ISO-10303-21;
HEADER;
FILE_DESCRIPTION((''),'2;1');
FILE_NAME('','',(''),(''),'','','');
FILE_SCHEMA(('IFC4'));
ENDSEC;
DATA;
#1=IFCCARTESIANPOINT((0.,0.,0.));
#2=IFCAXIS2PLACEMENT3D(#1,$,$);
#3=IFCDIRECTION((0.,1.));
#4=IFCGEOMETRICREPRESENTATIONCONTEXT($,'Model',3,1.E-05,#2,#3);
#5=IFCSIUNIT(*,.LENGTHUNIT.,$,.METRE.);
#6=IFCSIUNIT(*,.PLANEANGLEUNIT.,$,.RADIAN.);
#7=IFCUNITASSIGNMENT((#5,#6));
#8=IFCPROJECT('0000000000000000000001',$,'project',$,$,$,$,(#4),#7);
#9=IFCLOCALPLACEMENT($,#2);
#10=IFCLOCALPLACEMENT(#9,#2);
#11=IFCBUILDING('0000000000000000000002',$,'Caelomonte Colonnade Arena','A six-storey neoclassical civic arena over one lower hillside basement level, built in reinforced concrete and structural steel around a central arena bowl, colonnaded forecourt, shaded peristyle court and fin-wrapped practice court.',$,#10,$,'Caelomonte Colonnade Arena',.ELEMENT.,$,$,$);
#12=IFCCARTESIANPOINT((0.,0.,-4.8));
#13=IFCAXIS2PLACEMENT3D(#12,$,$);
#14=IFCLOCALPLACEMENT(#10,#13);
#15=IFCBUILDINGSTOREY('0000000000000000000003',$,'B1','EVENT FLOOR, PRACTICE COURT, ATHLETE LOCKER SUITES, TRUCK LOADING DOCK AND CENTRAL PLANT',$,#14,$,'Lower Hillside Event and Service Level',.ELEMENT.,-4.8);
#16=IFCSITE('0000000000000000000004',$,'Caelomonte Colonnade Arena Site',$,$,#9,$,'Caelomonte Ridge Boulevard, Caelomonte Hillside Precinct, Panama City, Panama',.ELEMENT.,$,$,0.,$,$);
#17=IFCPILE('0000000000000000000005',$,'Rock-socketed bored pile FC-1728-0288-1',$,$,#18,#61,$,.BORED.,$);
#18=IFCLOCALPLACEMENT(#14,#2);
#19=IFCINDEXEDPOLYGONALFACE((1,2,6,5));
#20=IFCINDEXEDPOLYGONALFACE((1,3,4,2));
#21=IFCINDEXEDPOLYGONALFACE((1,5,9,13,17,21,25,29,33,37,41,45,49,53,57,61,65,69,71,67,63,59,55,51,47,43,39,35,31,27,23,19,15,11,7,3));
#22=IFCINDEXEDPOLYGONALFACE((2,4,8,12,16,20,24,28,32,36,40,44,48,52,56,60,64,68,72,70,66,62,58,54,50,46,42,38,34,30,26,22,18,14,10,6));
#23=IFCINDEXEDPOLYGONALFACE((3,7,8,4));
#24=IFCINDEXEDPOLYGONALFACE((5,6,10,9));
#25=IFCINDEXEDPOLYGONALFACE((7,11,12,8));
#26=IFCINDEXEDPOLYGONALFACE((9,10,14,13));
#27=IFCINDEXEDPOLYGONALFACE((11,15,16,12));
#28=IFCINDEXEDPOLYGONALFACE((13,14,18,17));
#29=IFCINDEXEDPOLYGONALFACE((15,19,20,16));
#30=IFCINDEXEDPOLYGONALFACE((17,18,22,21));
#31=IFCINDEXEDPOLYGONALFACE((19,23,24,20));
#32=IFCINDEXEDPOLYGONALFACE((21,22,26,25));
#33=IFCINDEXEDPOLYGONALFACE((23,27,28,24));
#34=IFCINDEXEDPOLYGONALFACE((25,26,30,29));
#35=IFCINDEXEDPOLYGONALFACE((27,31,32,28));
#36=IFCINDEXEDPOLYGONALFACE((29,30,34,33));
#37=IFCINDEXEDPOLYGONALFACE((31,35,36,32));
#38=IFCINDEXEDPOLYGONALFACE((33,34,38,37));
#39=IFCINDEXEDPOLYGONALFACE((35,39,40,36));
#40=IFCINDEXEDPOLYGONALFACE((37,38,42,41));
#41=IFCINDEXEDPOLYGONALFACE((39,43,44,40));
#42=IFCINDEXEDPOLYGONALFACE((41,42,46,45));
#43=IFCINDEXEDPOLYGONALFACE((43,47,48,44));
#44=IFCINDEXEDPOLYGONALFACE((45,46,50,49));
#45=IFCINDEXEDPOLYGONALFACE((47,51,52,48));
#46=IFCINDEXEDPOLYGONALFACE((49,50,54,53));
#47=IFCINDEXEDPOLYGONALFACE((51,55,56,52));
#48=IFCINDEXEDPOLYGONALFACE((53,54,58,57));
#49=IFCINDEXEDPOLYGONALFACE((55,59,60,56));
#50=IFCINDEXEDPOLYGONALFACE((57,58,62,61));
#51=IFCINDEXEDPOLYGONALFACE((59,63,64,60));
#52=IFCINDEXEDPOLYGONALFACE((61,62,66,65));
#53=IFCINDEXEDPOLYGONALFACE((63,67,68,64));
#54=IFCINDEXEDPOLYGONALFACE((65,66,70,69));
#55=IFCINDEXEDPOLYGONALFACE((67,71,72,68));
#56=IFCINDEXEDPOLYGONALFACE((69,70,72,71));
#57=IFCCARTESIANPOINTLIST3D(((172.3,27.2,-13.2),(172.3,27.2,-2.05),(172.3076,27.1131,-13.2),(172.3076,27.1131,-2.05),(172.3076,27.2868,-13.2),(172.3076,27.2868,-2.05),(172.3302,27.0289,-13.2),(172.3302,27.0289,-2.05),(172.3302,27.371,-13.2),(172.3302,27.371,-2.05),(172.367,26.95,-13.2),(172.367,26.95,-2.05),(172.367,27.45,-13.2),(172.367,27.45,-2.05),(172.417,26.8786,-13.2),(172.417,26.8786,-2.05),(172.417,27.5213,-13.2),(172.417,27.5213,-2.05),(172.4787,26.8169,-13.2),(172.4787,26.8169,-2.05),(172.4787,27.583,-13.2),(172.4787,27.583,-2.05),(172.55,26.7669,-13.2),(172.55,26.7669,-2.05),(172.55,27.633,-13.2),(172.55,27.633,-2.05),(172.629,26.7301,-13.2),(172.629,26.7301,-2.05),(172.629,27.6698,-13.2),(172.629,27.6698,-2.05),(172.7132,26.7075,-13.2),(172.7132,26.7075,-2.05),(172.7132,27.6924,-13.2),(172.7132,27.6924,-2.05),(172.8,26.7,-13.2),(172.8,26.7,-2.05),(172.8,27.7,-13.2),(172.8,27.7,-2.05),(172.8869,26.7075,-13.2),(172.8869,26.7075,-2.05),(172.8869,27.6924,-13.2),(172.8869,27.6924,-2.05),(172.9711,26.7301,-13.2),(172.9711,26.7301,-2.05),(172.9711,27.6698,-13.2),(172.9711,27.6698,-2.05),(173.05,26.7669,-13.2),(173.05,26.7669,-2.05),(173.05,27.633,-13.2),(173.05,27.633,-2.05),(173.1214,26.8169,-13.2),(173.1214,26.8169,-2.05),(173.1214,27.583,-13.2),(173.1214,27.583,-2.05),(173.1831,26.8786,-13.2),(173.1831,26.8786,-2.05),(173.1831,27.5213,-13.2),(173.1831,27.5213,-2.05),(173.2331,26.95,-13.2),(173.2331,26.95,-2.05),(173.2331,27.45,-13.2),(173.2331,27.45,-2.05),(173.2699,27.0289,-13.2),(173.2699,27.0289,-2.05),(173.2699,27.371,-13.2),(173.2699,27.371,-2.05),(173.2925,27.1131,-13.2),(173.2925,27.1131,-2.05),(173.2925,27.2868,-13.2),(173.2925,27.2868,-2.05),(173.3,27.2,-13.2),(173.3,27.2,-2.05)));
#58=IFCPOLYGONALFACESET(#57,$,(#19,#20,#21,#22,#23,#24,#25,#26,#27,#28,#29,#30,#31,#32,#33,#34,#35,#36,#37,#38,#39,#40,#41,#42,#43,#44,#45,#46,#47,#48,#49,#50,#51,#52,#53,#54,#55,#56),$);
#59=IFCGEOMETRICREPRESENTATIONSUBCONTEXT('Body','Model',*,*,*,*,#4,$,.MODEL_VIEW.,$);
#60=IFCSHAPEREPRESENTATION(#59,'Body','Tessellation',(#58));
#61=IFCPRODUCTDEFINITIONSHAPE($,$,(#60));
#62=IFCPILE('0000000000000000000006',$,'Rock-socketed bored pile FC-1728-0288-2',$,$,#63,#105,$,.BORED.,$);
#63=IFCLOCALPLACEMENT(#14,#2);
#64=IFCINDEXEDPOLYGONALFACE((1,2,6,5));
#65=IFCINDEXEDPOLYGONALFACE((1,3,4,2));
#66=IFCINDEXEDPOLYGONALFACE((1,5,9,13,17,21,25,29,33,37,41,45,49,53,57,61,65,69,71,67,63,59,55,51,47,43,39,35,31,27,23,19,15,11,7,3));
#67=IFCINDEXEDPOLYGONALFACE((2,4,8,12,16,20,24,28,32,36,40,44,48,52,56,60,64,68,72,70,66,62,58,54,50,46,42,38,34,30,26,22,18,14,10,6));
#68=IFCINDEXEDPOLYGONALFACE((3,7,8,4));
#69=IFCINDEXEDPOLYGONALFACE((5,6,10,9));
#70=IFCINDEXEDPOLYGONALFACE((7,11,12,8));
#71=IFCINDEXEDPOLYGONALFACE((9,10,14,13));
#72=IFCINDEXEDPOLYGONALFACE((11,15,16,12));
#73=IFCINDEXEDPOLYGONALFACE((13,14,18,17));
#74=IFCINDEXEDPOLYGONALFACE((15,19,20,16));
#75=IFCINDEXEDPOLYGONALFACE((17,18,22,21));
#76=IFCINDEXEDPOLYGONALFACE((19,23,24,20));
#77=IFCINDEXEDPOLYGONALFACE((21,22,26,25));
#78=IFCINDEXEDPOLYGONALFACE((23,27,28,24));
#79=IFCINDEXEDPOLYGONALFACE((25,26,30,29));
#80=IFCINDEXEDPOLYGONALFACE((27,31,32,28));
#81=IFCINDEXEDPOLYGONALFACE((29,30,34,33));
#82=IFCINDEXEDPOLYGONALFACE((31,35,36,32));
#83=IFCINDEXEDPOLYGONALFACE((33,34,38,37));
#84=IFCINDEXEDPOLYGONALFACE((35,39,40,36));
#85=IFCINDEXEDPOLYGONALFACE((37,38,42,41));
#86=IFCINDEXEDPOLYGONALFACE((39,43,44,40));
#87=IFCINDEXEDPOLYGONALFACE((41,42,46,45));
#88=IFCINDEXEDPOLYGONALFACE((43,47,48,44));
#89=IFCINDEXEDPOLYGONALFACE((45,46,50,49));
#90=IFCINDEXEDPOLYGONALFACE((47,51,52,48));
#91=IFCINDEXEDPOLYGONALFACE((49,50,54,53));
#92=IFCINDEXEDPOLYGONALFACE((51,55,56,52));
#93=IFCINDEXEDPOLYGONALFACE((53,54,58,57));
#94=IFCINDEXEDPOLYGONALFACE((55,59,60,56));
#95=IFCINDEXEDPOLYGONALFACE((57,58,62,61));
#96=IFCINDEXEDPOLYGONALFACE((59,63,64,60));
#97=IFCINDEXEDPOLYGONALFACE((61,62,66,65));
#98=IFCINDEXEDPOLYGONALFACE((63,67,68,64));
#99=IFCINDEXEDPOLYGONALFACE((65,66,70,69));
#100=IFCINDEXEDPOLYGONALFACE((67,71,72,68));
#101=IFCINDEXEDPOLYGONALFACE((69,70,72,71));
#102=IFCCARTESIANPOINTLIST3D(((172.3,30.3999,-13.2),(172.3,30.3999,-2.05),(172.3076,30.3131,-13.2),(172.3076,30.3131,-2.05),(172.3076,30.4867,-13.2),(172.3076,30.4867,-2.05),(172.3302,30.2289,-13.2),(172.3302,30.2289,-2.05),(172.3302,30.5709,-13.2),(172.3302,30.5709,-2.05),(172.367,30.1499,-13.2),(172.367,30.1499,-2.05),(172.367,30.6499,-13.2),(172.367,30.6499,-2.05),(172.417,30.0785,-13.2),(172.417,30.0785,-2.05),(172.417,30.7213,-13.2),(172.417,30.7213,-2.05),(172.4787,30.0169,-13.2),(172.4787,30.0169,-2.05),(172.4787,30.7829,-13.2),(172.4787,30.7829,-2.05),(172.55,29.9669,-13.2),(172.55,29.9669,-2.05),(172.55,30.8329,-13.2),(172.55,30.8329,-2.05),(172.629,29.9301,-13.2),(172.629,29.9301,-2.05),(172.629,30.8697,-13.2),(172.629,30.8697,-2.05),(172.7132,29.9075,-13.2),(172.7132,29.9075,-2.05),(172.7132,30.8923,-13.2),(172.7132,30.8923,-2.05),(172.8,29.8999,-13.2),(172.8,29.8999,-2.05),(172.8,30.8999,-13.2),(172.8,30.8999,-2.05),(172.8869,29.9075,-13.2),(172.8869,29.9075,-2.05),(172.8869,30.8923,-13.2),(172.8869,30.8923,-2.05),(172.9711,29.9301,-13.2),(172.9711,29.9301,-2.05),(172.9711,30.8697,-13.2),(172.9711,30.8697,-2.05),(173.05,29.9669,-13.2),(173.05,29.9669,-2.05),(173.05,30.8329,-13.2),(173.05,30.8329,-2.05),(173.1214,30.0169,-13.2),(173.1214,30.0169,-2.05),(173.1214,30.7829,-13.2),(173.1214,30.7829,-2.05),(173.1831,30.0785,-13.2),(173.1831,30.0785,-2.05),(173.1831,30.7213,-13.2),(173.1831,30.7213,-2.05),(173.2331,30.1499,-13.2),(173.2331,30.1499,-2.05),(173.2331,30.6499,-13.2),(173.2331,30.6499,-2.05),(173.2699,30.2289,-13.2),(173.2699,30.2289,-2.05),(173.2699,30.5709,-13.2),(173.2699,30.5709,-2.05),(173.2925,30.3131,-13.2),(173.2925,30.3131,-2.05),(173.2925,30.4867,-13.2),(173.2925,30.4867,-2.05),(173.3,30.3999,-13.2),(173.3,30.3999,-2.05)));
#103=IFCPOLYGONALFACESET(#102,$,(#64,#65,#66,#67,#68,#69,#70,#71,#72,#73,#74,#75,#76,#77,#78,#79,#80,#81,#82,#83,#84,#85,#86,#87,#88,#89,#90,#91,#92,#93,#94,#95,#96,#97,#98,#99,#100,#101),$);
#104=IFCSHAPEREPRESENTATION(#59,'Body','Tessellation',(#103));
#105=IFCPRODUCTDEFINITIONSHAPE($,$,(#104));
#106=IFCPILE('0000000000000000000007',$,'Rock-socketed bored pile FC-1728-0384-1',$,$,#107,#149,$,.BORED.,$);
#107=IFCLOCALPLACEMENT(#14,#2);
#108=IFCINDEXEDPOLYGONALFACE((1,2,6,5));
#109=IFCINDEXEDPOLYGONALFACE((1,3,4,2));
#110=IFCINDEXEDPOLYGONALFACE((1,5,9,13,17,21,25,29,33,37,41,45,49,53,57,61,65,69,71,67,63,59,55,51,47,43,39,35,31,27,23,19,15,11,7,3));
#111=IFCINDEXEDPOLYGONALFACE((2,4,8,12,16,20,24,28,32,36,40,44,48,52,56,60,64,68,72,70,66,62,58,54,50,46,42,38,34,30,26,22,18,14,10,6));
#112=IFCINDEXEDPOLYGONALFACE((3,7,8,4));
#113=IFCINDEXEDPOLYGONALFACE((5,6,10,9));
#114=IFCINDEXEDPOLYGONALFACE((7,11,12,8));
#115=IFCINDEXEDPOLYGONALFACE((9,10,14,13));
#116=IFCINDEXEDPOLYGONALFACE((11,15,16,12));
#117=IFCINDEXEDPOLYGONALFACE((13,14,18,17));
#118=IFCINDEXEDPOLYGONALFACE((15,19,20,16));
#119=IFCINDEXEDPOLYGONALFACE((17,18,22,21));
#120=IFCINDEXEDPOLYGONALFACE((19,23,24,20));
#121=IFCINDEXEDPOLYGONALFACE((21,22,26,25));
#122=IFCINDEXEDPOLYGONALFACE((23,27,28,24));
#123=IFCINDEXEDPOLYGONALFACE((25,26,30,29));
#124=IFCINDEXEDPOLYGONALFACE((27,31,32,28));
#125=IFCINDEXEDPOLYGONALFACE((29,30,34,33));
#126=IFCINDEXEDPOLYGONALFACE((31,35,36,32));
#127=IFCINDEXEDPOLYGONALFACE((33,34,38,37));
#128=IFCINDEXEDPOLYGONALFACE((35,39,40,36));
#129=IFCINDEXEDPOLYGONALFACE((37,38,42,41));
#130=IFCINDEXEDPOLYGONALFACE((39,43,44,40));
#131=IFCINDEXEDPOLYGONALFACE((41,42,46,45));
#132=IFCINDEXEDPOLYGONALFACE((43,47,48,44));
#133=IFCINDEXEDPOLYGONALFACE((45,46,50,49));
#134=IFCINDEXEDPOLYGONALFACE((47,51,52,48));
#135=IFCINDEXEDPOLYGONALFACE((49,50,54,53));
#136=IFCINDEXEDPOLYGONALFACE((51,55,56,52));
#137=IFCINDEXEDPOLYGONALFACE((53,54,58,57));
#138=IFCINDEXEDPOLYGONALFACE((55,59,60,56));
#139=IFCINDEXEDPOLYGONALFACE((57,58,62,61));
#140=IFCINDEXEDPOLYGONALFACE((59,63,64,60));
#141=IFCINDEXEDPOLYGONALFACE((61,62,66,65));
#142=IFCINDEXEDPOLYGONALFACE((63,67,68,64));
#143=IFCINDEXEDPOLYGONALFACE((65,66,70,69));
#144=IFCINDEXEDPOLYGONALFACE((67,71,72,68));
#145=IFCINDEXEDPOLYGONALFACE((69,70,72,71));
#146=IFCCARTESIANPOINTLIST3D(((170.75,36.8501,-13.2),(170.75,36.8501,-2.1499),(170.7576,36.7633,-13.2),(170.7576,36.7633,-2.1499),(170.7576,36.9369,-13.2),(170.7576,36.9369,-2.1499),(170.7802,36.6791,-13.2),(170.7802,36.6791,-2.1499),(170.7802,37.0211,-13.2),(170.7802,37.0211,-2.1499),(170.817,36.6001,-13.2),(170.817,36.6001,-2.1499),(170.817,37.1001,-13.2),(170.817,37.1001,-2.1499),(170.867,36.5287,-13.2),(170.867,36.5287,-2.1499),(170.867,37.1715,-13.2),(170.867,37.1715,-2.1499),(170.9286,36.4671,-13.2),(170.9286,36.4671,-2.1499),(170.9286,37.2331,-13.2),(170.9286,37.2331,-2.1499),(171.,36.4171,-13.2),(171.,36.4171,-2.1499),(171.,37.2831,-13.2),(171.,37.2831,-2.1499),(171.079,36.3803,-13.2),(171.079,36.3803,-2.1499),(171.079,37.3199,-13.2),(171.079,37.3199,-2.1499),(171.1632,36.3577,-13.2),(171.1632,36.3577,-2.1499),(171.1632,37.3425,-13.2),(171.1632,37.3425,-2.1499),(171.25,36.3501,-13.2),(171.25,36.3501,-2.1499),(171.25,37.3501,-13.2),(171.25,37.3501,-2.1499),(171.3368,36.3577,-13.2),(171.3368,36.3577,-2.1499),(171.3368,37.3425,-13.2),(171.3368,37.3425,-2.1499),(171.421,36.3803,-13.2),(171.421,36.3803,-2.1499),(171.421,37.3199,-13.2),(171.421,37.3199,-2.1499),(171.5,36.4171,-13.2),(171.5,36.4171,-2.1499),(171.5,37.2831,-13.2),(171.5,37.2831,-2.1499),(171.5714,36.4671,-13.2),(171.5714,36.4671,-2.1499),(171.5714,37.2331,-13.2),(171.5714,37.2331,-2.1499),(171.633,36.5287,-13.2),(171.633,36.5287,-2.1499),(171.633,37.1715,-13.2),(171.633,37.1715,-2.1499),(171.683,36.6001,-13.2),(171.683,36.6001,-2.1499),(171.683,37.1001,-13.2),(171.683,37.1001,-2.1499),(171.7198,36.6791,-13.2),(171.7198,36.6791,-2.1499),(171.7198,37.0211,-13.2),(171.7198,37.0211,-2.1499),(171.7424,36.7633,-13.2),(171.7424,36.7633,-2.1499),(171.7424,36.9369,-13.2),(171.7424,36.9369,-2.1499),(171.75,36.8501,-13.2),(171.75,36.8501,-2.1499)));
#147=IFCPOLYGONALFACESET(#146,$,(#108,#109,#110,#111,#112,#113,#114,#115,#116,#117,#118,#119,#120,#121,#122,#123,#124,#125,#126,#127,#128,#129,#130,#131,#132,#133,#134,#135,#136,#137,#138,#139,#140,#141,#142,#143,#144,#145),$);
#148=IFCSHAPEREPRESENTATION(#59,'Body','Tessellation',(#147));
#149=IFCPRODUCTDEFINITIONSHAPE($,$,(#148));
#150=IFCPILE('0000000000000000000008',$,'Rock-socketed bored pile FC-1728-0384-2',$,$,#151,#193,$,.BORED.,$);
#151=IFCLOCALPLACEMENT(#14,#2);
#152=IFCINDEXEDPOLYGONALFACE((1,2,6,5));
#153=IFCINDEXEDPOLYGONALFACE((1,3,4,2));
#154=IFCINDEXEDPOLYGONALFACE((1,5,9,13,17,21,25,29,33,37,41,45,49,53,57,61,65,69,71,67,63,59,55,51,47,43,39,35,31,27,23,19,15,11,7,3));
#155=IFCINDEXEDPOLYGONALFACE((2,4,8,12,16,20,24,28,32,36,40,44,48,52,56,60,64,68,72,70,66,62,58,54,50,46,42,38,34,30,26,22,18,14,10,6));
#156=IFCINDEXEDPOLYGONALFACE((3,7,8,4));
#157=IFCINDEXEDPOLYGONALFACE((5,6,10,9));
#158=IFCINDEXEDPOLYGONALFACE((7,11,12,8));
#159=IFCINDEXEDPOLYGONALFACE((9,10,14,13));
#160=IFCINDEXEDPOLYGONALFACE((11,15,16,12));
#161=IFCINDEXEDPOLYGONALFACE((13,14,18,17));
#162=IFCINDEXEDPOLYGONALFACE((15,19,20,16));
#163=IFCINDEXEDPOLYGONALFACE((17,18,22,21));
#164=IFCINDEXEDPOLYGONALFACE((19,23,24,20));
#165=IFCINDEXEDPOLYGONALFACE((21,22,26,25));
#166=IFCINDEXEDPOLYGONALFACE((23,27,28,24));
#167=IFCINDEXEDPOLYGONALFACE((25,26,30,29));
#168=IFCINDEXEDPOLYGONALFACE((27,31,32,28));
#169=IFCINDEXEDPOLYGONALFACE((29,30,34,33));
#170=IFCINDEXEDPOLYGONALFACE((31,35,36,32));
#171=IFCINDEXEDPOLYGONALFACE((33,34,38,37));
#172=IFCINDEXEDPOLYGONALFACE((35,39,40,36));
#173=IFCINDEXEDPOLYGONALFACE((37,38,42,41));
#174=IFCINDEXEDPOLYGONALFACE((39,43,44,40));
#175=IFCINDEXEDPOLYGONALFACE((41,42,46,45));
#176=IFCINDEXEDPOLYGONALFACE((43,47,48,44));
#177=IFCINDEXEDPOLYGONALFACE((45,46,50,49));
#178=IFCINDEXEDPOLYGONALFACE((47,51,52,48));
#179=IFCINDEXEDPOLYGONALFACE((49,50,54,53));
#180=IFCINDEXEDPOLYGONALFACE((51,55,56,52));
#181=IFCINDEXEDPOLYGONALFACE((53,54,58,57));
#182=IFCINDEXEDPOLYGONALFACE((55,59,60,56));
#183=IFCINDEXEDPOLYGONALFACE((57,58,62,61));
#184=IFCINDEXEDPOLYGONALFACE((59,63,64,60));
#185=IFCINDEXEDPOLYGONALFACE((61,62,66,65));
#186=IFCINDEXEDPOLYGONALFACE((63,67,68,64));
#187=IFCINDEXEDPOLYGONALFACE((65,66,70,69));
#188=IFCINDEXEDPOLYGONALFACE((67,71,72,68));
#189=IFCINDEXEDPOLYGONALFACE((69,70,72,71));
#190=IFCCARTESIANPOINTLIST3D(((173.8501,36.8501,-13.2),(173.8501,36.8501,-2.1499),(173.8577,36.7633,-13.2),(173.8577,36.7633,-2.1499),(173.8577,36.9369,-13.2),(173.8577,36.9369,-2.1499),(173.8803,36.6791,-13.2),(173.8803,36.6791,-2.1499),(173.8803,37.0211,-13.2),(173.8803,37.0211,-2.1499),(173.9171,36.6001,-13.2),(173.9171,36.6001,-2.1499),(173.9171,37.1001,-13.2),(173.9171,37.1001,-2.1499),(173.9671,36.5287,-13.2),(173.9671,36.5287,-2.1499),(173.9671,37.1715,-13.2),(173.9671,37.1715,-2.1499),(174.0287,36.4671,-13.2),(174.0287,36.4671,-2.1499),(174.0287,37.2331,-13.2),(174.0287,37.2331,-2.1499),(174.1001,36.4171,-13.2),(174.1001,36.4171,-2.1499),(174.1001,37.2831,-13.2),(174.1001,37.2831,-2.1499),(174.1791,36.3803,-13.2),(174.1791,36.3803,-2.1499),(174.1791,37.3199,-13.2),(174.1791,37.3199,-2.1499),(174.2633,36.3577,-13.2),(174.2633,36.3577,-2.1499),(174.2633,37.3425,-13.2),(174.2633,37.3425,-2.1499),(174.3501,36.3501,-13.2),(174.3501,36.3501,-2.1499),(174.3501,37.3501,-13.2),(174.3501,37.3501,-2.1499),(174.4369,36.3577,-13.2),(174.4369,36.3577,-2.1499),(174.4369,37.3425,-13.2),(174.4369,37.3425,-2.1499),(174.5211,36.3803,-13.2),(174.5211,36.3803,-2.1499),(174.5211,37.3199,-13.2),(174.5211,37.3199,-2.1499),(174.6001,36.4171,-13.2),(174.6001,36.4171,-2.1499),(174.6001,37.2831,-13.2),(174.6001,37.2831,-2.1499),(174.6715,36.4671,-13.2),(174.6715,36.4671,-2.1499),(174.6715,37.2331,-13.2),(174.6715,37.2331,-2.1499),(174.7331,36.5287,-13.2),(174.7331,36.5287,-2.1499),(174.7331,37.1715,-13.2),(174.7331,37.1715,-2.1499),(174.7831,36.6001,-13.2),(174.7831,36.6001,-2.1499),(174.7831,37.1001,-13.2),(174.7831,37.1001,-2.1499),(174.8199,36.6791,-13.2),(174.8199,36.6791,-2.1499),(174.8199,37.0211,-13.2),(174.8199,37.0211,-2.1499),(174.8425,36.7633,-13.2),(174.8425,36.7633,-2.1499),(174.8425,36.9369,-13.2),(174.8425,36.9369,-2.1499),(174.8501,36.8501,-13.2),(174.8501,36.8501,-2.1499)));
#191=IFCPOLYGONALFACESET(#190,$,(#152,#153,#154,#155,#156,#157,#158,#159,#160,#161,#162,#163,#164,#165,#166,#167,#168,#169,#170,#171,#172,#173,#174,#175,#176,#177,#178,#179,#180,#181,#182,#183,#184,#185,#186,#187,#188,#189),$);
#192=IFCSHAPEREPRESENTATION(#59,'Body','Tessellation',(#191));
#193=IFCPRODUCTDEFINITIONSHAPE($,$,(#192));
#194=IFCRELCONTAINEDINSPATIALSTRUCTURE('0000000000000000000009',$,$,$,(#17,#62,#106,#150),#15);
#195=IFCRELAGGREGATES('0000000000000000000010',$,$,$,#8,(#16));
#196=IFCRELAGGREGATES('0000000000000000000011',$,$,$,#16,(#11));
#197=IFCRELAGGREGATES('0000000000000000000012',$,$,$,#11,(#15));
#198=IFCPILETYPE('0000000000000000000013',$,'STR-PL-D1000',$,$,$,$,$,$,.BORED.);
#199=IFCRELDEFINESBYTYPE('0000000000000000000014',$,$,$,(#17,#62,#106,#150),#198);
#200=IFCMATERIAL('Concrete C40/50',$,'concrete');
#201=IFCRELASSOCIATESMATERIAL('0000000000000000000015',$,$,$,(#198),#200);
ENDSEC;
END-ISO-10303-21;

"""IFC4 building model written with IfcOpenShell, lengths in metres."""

from ifc_helpers import new_model, si_unit, direction, frame, origin, origin_2d, place, context, subcontext, project, spatial, circle, extrude, material, material_profile, profile_set, type_object, element, save


model = new_model("IFC4")

# Units and contexts
model_context = context("Model", 3, precision=1e-05, world=origin(), true_north=direction((0.0, 1.0)))
body_context = subcontext(model_context, "Body", "Model", "MODEL_VIEW")
ifc_project = project(units=[si_unit("LENGTHUNIT", "METRE"), si_unit("PLANEANGLEUNIT", "RADIAN")], contexts=[model_context])

# Site, building, storey
site_placement = place(None, origin())
site = spatial("IfcSite", under=ifc_project, at=site_placement, Name="Caelomonte Colonnade Arena Site", LongName="Caelomonte Ridge Boulevard, Caelomonte Hillside Precinct, Panama City, Panama", CompositionType="ELEMENT", RefElevation=0.0)
building_placement = place(site_placement, origin())
building = spatial("IfcBuilding", under=site, at=building_placement, Name="Caelomonte Colonnade Arena", Description="A six-storey neoclassical civic arena over one lower hillside basement level, built in reinforced concrete and structural steel around a central arena bowl, colonnaded forecourt, shaded peristyle court and fin-wrapped practice court.", LongName="Caelomonte Colonnade Arena", CompositionType="ELEMENT")
storey_placement = place(building_placement, frame((0.0, 0.0, -4.8)))
storey = spatial("IfcBuildingStorey", under=building, at=storey_placement, Name="B1", Description="EVENT FLOOR, PRACTICE COURT, ATHLETE LOCKER SUITES, TRUCK LOADING DOCK AND CENTRAL PLANT", LongName="Lower Hillside Event and Service Level", CompositionType="ELEMENT", Elevation=-4.8)

# Shared definitions
ifc_material_1 = material(Name="Concrete C40/50", Category="concrete")

# Piles
ifc_material_profile_1 = material_profile(ifc_material_1, circle(Radius=0.5, at=origin_2d()), Name="PILE-D1000")
ifc_profile_set_1 = profile_set([ifc_material_profile_1], Name="Concrete C40/50")
pile_type_1 = type_object("IfcPileType", Name="STR-PL-D1000", PredefinedType="BORED", material=ifc_profile_set_1)
for number, where, z_axis, x_axis, name in (
    (1, (172.8, 27.2, -2.05), (0.0, 0.0, -1.0), (1.0, 0.0, 0.0), "Rock-socketed bored pile FC-1728-0288-1"),
    (2, (172.8, 30.3999, -2.05), (0.0, 0.0, -1.0), (1.0, 0.0, 0.0), "Rock-socketed bored pile FC-1728-0288-2"),
):
    element("IfcPile", number, at=place(storey_placement, frame(where, z_axis=z_axis, x_axis=x_axis)), inside=storey, type_object=pile_type_1, Name=name, PredefinedType="BORED", context=body_context, shape_type="SweptSolid", body=[
        extrude(circle(Radius=0.5, at=origin_2d()), origin(), (0.0, 0.0, 1.0), 11.1499),
    ])
for number, where, z_axis, x_axis, name in (
    (3, (171.25, 36.8501, -2.1499), (0.0, 0.0, -1.0), (1.0, 0.0, 0.0), "Rock-socketed bored pile FC-1728-0384-1"),
    (4, (174.3501, 36.8501, -2.1499), (0.0, 0.0, -1.0), (1.0, 0.0, 0.0), "Rock-socketed bored pile FC-1728-0384-2"),
):
    element("IfcPile", number, at=place(storey_placement, frame(where, z_axis=z_axis, x_axis=x_axis)), inside=storey, type_object=pile_type_1, Name=name, PredefinedType="BORED", context=body_context, shape_type="SweptSolid", body=[
        extrude(circle(Radius=0.5, at=origin_2d()), origin(), (0.0, 0.0, 1.0), 11.05),
    ])

save(model, "model.ifc")
